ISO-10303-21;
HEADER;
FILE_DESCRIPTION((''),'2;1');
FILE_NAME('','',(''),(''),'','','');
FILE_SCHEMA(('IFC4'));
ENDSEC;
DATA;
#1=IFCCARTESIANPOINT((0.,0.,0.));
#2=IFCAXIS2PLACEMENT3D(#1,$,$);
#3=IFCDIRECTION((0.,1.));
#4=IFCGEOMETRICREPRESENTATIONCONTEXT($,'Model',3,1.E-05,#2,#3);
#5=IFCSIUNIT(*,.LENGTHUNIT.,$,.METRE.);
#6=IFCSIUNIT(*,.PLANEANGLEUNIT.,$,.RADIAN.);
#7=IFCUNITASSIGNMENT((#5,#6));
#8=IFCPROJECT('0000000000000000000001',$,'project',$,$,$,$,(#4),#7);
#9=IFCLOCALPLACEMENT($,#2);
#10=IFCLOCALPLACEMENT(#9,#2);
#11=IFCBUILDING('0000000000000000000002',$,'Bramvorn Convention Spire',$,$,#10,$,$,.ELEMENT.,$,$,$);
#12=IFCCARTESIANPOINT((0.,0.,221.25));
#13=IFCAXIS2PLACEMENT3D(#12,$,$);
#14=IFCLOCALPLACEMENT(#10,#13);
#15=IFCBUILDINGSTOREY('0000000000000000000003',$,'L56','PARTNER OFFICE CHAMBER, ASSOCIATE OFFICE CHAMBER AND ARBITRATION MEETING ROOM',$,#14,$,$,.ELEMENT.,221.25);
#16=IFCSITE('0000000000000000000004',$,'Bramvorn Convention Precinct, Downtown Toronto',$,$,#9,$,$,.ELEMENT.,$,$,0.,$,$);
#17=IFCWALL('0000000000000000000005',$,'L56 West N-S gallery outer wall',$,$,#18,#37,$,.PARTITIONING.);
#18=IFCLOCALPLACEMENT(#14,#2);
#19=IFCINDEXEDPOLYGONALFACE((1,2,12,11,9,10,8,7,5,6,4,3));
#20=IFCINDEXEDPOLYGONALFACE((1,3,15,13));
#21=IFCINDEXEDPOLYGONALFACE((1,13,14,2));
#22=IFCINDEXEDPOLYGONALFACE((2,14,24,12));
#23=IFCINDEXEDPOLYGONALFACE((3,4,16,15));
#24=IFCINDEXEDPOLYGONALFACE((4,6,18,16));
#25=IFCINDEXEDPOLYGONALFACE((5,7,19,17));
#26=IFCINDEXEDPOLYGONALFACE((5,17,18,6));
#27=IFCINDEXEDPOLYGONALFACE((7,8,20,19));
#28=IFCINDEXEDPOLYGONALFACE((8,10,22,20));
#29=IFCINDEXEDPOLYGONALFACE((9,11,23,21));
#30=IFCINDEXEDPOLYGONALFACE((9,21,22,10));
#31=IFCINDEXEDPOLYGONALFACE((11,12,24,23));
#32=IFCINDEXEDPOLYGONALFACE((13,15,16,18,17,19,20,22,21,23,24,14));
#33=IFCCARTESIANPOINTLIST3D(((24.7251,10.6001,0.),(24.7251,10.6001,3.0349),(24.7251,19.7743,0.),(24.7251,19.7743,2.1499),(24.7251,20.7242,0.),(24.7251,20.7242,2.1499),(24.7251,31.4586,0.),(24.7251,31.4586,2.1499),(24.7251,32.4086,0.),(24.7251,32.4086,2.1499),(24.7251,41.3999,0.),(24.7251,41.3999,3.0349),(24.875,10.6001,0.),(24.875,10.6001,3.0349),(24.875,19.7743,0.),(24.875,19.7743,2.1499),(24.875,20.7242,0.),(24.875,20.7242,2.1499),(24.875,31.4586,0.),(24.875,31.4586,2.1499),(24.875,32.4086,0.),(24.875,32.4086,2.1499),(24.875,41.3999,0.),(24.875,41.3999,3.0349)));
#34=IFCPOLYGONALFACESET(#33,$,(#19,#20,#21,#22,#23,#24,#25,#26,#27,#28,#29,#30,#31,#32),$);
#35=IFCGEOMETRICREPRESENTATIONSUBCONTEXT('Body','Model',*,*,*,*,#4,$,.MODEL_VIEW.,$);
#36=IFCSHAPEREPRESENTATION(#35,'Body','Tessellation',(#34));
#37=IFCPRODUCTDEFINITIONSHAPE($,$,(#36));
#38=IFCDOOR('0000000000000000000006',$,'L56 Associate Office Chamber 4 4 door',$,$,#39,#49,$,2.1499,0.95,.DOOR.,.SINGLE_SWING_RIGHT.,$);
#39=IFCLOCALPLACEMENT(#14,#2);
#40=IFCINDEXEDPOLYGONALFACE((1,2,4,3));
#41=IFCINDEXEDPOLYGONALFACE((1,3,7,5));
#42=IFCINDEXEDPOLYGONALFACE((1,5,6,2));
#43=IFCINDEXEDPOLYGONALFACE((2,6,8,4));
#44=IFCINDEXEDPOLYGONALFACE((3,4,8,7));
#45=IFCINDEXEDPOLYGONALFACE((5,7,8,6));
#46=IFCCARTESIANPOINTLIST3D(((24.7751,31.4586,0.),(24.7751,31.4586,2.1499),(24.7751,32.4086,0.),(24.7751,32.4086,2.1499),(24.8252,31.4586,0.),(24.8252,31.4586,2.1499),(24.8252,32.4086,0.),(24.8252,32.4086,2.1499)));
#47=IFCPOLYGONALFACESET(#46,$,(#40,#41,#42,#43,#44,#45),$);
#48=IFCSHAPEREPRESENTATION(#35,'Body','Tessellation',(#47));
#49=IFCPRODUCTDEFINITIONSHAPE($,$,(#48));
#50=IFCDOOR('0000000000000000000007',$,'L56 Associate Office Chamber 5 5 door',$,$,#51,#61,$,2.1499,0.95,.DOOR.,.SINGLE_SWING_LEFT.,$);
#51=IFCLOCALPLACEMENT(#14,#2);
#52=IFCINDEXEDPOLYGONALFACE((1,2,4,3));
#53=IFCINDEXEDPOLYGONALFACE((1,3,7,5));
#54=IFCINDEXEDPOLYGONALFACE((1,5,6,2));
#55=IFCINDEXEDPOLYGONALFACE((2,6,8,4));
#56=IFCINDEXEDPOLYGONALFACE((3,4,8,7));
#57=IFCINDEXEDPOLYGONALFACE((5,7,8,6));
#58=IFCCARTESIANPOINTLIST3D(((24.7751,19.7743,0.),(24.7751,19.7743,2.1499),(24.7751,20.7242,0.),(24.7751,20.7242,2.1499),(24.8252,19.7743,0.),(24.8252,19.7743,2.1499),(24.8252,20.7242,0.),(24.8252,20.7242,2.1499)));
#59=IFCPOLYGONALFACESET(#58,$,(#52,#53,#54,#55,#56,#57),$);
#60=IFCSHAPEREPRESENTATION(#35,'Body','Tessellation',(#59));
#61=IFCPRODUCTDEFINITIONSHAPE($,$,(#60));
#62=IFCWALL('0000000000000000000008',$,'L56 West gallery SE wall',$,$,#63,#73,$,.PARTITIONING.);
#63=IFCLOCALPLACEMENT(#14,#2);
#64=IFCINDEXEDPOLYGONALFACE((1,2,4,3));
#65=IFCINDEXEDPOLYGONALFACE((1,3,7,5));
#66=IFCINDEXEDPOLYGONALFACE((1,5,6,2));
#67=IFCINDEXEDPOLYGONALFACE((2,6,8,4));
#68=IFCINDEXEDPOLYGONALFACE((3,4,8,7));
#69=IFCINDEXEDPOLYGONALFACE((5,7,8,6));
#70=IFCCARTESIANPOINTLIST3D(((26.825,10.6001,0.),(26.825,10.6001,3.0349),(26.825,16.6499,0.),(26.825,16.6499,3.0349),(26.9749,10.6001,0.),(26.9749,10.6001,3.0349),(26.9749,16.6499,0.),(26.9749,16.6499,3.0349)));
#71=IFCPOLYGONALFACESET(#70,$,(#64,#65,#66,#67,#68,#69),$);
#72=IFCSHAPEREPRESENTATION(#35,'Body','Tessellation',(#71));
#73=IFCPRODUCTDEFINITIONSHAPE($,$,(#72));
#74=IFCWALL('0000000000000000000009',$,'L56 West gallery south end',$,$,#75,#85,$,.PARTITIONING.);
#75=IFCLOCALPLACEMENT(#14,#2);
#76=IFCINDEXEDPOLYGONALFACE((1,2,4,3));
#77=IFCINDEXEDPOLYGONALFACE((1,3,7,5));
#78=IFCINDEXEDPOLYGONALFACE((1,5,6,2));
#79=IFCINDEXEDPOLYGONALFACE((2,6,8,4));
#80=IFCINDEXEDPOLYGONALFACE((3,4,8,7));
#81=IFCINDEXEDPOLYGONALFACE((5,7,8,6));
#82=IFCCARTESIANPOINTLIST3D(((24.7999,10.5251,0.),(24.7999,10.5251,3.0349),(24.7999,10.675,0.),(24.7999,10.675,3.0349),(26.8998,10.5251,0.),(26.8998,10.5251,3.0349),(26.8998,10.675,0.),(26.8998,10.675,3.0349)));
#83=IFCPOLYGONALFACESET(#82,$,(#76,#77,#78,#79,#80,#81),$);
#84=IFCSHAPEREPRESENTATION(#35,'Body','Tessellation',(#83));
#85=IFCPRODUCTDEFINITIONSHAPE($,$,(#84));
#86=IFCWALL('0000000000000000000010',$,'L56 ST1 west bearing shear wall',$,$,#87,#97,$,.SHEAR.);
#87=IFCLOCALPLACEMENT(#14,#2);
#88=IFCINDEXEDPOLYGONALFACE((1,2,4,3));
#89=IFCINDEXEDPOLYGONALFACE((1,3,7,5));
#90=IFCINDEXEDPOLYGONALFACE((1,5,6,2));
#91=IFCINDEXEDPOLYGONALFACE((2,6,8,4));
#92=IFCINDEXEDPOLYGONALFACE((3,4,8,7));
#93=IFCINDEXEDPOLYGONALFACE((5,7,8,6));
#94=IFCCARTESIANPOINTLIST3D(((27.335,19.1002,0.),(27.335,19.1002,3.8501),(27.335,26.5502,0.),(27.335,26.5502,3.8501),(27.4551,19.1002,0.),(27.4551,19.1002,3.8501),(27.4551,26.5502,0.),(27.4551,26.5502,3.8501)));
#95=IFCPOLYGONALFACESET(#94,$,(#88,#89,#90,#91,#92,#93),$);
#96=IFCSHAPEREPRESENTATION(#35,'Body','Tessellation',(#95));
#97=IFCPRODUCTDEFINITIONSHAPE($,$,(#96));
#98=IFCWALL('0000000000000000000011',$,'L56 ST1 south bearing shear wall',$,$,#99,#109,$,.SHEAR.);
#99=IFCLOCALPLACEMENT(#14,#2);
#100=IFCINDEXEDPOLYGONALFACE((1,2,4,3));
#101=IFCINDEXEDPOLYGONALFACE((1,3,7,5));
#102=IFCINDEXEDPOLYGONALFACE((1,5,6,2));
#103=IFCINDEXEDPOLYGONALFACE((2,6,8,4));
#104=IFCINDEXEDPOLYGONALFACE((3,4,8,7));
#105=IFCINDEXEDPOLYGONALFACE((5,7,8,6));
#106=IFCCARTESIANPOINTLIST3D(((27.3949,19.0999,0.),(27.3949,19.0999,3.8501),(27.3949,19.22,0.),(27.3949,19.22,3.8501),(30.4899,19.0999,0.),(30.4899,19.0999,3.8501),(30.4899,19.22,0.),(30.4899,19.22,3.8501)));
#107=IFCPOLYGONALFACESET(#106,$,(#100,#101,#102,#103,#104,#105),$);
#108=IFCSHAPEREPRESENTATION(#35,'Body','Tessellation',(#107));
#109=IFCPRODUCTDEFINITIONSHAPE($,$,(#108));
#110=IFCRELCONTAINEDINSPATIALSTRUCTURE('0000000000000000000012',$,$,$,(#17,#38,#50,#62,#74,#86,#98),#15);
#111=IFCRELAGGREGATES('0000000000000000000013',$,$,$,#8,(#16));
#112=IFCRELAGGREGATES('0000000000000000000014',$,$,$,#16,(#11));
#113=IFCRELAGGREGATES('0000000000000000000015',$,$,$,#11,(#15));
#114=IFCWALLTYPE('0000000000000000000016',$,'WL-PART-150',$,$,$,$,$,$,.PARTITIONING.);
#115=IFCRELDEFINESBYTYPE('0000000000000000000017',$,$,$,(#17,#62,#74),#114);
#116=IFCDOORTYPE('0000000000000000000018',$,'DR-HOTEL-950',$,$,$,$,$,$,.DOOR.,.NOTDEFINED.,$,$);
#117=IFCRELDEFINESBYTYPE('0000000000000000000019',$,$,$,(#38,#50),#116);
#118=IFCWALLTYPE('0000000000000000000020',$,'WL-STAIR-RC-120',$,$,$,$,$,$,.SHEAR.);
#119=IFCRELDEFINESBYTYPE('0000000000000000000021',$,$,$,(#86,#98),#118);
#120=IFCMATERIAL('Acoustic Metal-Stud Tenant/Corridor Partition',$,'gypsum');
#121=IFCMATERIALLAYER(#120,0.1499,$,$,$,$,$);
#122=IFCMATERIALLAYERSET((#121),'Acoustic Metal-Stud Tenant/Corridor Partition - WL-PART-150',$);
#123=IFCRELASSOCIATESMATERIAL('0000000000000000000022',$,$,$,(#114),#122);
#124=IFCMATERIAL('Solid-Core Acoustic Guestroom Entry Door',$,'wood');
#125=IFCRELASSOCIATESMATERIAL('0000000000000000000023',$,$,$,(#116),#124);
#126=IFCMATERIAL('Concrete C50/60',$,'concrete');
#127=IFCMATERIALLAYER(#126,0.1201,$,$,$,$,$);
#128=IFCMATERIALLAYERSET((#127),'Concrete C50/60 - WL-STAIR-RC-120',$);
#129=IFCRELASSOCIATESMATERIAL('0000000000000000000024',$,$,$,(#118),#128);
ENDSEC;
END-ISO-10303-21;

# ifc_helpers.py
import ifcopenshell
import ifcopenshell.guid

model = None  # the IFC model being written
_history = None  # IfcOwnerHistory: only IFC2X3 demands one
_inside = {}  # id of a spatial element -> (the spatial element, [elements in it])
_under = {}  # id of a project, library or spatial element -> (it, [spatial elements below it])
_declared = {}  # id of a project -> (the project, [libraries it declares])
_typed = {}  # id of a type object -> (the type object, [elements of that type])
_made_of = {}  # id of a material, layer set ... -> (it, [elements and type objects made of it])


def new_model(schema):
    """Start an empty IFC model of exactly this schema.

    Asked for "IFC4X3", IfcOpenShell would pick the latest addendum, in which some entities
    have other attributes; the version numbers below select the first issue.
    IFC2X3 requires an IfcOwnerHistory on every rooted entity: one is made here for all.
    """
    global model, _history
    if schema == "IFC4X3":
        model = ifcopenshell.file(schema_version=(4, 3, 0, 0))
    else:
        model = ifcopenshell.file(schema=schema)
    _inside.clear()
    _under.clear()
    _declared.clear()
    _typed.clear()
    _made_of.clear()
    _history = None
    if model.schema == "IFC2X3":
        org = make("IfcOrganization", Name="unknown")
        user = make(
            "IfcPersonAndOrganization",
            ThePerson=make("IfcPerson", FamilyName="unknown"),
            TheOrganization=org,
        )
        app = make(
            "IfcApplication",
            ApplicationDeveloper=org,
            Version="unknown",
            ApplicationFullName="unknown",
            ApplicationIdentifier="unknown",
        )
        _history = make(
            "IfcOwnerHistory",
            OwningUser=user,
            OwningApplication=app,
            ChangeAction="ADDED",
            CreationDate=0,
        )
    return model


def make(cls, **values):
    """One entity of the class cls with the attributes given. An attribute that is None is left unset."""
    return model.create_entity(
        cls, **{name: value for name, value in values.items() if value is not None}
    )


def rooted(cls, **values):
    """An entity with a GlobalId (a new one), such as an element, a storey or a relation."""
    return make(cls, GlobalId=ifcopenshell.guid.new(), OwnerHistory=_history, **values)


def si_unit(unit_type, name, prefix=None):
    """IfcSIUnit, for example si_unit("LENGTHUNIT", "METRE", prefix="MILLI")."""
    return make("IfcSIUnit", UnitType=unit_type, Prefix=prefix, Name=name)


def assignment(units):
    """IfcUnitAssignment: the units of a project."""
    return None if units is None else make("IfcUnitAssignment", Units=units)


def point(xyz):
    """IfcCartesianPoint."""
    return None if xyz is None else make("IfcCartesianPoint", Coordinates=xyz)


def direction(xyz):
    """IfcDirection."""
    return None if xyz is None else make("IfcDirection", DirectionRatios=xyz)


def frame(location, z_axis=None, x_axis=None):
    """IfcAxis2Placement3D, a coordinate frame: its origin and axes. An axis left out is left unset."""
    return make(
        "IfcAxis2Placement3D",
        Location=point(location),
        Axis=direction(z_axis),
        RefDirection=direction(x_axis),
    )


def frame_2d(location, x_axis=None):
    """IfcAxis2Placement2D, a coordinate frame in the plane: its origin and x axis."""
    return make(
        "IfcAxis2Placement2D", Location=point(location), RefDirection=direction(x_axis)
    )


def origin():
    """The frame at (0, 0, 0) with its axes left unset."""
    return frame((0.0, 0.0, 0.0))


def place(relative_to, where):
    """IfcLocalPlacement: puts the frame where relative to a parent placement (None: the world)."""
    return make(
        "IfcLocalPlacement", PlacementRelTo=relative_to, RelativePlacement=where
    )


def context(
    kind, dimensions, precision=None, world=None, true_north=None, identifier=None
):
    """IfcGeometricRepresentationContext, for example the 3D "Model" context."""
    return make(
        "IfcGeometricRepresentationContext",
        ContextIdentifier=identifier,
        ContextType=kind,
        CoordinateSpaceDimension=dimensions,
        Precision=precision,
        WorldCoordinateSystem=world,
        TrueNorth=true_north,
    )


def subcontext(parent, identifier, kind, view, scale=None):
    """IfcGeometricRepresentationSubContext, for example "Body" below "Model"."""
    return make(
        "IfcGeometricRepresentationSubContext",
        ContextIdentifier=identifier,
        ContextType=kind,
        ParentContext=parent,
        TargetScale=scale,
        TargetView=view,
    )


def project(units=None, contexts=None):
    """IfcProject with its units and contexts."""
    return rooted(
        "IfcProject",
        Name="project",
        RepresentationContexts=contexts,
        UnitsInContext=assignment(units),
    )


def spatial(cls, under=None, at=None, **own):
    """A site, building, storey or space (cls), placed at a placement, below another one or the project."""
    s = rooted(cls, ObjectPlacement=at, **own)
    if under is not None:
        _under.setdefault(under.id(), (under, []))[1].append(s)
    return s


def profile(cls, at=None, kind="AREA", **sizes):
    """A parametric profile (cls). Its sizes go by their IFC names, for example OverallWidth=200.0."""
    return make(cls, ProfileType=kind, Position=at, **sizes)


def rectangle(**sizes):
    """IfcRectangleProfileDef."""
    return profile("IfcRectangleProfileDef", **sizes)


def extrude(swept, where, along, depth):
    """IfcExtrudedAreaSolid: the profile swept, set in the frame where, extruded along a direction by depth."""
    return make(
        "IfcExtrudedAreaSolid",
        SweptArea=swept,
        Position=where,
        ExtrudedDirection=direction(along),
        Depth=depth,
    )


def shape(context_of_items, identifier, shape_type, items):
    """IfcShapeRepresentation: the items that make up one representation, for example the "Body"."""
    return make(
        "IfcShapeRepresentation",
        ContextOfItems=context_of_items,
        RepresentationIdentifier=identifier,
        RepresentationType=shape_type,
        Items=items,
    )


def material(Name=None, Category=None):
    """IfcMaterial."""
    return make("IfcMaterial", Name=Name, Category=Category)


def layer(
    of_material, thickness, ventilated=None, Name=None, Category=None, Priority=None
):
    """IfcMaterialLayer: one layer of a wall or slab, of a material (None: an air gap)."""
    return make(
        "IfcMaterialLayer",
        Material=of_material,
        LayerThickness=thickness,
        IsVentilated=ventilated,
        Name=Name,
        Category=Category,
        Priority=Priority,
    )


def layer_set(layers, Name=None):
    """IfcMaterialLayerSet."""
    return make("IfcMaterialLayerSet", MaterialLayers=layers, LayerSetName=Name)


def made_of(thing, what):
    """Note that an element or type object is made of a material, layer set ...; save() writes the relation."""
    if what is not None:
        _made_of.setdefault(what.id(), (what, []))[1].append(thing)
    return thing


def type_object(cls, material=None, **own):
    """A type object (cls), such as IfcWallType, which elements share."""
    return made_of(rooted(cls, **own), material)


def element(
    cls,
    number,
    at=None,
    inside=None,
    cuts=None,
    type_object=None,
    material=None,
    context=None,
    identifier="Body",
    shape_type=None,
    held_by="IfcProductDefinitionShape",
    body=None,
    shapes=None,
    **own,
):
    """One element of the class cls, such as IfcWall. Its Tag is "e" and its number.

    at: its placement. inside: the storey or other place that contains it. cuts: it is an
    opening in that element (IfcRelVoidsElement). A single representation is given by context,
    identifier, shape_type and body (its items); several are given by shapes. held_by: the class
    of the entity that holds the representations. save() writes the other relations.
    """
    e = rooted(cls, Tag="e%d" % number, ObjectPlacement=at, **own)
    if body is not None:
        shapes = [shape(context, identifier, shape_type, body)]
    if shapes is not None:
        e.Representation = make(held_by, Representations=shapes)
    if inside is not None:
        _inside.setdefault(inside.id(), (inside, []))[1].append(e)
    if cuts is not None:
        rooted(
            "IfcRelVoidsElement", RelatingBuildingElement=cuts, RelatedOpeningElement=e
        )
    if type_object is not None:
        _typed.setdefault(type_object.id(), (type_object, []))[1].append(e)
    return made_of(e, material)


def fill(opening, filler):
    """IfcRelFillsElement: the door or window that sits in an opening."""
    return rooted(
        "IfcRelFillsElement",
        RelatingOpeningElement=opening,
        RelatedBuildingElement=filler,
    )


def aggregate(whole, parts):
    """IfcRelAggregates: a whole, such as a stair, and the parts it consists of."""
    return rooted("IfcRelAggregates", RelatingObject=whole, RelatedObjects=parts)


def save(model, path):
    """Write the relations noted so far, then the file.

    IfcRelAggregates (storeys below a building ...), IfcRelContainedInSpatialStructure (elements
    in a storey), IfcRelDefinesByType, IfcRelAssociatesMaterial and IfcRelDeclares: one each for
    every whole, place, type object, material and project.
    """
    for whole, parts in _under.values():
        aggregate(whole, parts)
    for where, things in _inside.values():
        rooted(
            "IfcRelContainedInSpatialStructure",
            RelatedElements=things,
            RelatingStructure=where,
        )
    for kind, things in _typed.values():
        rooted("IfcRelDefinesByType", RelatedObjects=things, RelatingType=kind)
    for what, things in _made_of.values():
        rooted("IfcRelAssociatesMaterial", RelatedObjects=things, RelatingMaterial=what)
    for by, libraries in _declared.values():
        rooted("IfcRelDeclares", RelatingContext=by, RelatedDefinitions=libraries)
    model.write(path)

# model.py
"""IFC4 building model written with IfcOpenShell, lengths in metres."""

from ifc_helpers import new_model, si_unit, direction, frame, frame_2d, origin, place, context, subcontext, project, spatial, rectangle, extrude, material, layer, layer_set, type_object, element, fill, save


model = new_model("IFC4")

# Units and contexts
model_context = context("Model", 3, precision=1e-05, world=origin(), true_north=direction((0.0, 1.0)))
body_context = subcontext(model_context, "Body", "Model", "MODEL_VIEW")
ifc_project = project(units=[si_unit("LENGTHUNIT", "METRE"), si_unit("PLANEANGLEUNIT", "RADIAN")], contexts=[model_context])

# Site, building, storey
site_placement = place(None, origin())
site = spatial("IfcSite", under=ifc_project, at=site_placement, Name="Bramvorn Convention Precinct, Downtown Toronto", CompositionType="ELEMENT", RefElevation=0.0)
building_placement = place(site_placement, origin())
building = spatial("IfcBuilding", under=site, at=building_placement, Name="Bramvorn Convention Spire", CompositionType="ELEMENT")
storey_placement = place(building_placement, frame((0.0, 0.0, 221.25)))
storey = spatial("IfcBuildingStorey", under=building, at=storey_placement, Name="L56", Description="PARTNER OFFICE CHAMBER, ASSOCIATE OFFICE CHAMBER AND ARBITRATION MEETING ROOM", CompositionType="ELEMENT", Elevation=221.25)

# Shared definitions
ifc_material_1 = material(Name="Concrete C50/60", Category="concrete")

# Wall, openings, doors
ifc_material_2 = material(Name="Acoustic Metal-Stud Tenant/Corridor Partition", Category="gypsum")
ifc_layer_1 = layer(ifc_material_2, 0.1499)
ifc_layer_set_1 = layer_set([ifc_layer_1], Name="Acoustic Metal-Stud Tenant/Corridor Partition - WL-PART-150")
wall_type_1 = type_object("IfcWallType", Name="WL-PART-150", PredefinedType="PARTITIONING", material=ifc_layer_set_1)
ifc_material_3 = material(Name="Solid-Core Acoustic Guestroom Entry Door", Category="wood")
door_type_1 = type_object("IfcDoorType", Name="DR-HOTEL-950", OperationType="NOTDEFINED", PredefinedType="DOOR", material=ifc_material_3)
wall_1_placement = place(storey_placement, frame((24.8, 10.6001, 0.0), z_axis=(0.0, 0.0, 1.0), x_axis=(0.0, 1.0, 0.0)))
wall_1 = element("IfcWall", 1, at=wall_1_placement, inside=storey, type_object=wall_type_1, Name="L56 West N-S gallery outer wall", PredefinedType="PARTITIONING", context=body_context, shape_type="SweptSolid", body=[
    extrude(rectangle(XDim=30.7998, YDim=0.1499, at=frame_2d((15.3999, 0.0))), origin(), (0.0, 0.0, 1.0), 3.0349),
])
opening_1_placement = place(wall_1_placement, frame((20.8584, 0.0, 0.0)))
opening_1 = element("IfcOpeningElement", 2, at=opening_1_placement, cuts=wall_1, PredefinedType="OPENING", context=body_context, shape_type="SweptSolid", body=[
    extrude(rectangle(XDim=0.95, YDim=2.1499, at=frame_2d((0.4751, 1.075))), frame((0.0, 0.085, 0.0), z_axis=(0.0, -1.0, 0.0), x_axis=(1.0, 0.0, 0.0)), (0.0, 0.0, 1.0), 0.1699),
])
opening_2_placement = place(wall_1_placement, frame((9.1741, 0.0, 0.0)))
opening_2 = element("IfcOpeningElement", 3, at=opening_2_placement, cuts=wall_1, PredefinedType="OPENING", context=body_context, shape_type="SweptSolid", body=[
    extrude(rectangle(XDim=0.95, YDim=2.1499, at=frame_2d((0.4751, 1.075))), frame((0.0, 0.085, 0.0), z_axis=(0.0, -1.0, 0.0), x_axis=(1.0, 0.0, 0.0)), (0.0, 0.0, 1.0), 0.1699),
])
door_1_placement = place(opening_1_placement, origin())
door_1 = element("IfcDoor", 4, at=door_1_placement, inside=storey, type_object=door_type_1, Name="L56 Associate Office Chamber 4 4 door", OperationType="SINGLE_SWING_RIGHT", OverallHeight=2.1499, OverallWidth=0.95, PredefinedType="DOOR", context=body_context, shape_type="SweptSolid", body=[
    extrude(rectangle(XDim=0.95, YDim=2.1499, at=frame_2d((0.4751, 1.075))), frame((0.0, 0.0249, 0.0), z_axis=(0.0, -1.0, 0.0), x_axis=(1.0, 0.0, 0.0)), (0.0, 0.0, 1.0), 0.05),
])
fill(opening_1, door_1)
door_2_placement = place(opening_2_placement, origin())
door_2 = element("IfcDoor", 5, at=door_2_placement, inside=storey, type_object=door_type_1, Name="L56 Associate Office Chamber 5 5 door", OperationType="SINGLE_SWING_LEFT", OverallHeight=2.1499, OverallWidth=0.95, PredefinedType="DOOR", context=body_context, shape_type="SweptSolid", body=[
    extrude(rectangle(XDim=0.95, YDim=2.1499, at=frame_2d((0.4751, 1.075))), frame((0.0, 0.0249, 0.0), z_axis=(0.0, -1.0, 0.0), x_axis=(1.0, 0.0, 0.0)), (0.0, 0.0, 1.0), 0.05),
])
fill(opening_2, door_2)

# Walls
wall_2_placement = place(storey_placement, frame((26.8999, 10.6001, 0.0), z_axis=(0.0, 0.0, 1.0), x_axis=(0.0, 1.0, 0.0)))
element("IfcWall", 6, at=wall_2_placement, inside=storey, type_object=wall_type_1, Name="L56 West gallery SE wall", PredefinedType="PARTITIONING", context=body_context, shape_type="SweptSolid", body=[
    extrude(rectangle(XDim=6.0498, YDim=0.1499, at=frame_2d((3.0249, 0.0))), origin(), (0.0, 0.0, 1.0), 3.0349),
])
wall_3_placement = place(storey_placement, frame((24.8, 10.6001, 0.0), z_axis=(0.0, 0.0, 1.0), x_axis=(1.0, 0.0, 0.0)))
element("IfcWall", 7, at=wall_3_placement, inside=storey, type_object=wall_type_1, Name="L56 West gallery south end", PredefinedType="PARTITIONING", context=body_context, shape_type="SweptSolid", body=[
    extrude(rectangle(XDim=2.0999, YDim=0.1499, at=frame_2d((1.0498, 0.0))), origin(), (0.0, 0.0, 1.0), 3.0349),
])
ifc_layer_2 = layer(ifc_material_1, 0.1201)
ifc_layer_set_2 = layer_set([ifc_layer_2], Name="Concrete C50/60 - WL-STAIR-RC-120")
wall_type_2 = type_object("IfcWallType", Name="WL-STAIR-RC-120", PredefinedType="SHEAR", material=ifc_layer_set_2)
wall_4_placement = place(storey_placement, frame((27.395, 19.1001, 0.0), z_axis=(0.0, 0.0, 1.0), x_axis=(0.0, 1.0, 0.0)))
element("IfcWall", 8, at=wall_4_placement, inside=storey, type_object=wall_type_2, Name="L56 ST1 west bearing shear wall", PredefinedType="SHEAR", context=body_context, shape_type="SweptSolid", body=[
    extrude(rectangle(XDim=7.45, YDim=0.1201, at=frame_2d((3.7251, 0.0))), origin(), (0.0, 0.0, 1.0), 3.8501),
])
wall_5_placement = place(storey_placement, frame((27.395, 19.1599, 0.0), z_axis=(0.0, 0.0, 1.0), x_axis=(1.0, 0.0, 0.0)))
element("IfcWall", 9, at=wall_5_placement, inside=storey, type_object=wall_type_2, Name="L56 ST1 south bearing shear wall", PredefinedType="SHEAR", context=body_context, shape_type="SweptSolid", body=[
    extrude(rectangle(XDim=3.095, YDim=0.1201, at=frame_2d((1.5474, 0.0))), origin(), (0.0, 0.0, 1.0), 3.8501),
])

save(model, "model.ifc")
